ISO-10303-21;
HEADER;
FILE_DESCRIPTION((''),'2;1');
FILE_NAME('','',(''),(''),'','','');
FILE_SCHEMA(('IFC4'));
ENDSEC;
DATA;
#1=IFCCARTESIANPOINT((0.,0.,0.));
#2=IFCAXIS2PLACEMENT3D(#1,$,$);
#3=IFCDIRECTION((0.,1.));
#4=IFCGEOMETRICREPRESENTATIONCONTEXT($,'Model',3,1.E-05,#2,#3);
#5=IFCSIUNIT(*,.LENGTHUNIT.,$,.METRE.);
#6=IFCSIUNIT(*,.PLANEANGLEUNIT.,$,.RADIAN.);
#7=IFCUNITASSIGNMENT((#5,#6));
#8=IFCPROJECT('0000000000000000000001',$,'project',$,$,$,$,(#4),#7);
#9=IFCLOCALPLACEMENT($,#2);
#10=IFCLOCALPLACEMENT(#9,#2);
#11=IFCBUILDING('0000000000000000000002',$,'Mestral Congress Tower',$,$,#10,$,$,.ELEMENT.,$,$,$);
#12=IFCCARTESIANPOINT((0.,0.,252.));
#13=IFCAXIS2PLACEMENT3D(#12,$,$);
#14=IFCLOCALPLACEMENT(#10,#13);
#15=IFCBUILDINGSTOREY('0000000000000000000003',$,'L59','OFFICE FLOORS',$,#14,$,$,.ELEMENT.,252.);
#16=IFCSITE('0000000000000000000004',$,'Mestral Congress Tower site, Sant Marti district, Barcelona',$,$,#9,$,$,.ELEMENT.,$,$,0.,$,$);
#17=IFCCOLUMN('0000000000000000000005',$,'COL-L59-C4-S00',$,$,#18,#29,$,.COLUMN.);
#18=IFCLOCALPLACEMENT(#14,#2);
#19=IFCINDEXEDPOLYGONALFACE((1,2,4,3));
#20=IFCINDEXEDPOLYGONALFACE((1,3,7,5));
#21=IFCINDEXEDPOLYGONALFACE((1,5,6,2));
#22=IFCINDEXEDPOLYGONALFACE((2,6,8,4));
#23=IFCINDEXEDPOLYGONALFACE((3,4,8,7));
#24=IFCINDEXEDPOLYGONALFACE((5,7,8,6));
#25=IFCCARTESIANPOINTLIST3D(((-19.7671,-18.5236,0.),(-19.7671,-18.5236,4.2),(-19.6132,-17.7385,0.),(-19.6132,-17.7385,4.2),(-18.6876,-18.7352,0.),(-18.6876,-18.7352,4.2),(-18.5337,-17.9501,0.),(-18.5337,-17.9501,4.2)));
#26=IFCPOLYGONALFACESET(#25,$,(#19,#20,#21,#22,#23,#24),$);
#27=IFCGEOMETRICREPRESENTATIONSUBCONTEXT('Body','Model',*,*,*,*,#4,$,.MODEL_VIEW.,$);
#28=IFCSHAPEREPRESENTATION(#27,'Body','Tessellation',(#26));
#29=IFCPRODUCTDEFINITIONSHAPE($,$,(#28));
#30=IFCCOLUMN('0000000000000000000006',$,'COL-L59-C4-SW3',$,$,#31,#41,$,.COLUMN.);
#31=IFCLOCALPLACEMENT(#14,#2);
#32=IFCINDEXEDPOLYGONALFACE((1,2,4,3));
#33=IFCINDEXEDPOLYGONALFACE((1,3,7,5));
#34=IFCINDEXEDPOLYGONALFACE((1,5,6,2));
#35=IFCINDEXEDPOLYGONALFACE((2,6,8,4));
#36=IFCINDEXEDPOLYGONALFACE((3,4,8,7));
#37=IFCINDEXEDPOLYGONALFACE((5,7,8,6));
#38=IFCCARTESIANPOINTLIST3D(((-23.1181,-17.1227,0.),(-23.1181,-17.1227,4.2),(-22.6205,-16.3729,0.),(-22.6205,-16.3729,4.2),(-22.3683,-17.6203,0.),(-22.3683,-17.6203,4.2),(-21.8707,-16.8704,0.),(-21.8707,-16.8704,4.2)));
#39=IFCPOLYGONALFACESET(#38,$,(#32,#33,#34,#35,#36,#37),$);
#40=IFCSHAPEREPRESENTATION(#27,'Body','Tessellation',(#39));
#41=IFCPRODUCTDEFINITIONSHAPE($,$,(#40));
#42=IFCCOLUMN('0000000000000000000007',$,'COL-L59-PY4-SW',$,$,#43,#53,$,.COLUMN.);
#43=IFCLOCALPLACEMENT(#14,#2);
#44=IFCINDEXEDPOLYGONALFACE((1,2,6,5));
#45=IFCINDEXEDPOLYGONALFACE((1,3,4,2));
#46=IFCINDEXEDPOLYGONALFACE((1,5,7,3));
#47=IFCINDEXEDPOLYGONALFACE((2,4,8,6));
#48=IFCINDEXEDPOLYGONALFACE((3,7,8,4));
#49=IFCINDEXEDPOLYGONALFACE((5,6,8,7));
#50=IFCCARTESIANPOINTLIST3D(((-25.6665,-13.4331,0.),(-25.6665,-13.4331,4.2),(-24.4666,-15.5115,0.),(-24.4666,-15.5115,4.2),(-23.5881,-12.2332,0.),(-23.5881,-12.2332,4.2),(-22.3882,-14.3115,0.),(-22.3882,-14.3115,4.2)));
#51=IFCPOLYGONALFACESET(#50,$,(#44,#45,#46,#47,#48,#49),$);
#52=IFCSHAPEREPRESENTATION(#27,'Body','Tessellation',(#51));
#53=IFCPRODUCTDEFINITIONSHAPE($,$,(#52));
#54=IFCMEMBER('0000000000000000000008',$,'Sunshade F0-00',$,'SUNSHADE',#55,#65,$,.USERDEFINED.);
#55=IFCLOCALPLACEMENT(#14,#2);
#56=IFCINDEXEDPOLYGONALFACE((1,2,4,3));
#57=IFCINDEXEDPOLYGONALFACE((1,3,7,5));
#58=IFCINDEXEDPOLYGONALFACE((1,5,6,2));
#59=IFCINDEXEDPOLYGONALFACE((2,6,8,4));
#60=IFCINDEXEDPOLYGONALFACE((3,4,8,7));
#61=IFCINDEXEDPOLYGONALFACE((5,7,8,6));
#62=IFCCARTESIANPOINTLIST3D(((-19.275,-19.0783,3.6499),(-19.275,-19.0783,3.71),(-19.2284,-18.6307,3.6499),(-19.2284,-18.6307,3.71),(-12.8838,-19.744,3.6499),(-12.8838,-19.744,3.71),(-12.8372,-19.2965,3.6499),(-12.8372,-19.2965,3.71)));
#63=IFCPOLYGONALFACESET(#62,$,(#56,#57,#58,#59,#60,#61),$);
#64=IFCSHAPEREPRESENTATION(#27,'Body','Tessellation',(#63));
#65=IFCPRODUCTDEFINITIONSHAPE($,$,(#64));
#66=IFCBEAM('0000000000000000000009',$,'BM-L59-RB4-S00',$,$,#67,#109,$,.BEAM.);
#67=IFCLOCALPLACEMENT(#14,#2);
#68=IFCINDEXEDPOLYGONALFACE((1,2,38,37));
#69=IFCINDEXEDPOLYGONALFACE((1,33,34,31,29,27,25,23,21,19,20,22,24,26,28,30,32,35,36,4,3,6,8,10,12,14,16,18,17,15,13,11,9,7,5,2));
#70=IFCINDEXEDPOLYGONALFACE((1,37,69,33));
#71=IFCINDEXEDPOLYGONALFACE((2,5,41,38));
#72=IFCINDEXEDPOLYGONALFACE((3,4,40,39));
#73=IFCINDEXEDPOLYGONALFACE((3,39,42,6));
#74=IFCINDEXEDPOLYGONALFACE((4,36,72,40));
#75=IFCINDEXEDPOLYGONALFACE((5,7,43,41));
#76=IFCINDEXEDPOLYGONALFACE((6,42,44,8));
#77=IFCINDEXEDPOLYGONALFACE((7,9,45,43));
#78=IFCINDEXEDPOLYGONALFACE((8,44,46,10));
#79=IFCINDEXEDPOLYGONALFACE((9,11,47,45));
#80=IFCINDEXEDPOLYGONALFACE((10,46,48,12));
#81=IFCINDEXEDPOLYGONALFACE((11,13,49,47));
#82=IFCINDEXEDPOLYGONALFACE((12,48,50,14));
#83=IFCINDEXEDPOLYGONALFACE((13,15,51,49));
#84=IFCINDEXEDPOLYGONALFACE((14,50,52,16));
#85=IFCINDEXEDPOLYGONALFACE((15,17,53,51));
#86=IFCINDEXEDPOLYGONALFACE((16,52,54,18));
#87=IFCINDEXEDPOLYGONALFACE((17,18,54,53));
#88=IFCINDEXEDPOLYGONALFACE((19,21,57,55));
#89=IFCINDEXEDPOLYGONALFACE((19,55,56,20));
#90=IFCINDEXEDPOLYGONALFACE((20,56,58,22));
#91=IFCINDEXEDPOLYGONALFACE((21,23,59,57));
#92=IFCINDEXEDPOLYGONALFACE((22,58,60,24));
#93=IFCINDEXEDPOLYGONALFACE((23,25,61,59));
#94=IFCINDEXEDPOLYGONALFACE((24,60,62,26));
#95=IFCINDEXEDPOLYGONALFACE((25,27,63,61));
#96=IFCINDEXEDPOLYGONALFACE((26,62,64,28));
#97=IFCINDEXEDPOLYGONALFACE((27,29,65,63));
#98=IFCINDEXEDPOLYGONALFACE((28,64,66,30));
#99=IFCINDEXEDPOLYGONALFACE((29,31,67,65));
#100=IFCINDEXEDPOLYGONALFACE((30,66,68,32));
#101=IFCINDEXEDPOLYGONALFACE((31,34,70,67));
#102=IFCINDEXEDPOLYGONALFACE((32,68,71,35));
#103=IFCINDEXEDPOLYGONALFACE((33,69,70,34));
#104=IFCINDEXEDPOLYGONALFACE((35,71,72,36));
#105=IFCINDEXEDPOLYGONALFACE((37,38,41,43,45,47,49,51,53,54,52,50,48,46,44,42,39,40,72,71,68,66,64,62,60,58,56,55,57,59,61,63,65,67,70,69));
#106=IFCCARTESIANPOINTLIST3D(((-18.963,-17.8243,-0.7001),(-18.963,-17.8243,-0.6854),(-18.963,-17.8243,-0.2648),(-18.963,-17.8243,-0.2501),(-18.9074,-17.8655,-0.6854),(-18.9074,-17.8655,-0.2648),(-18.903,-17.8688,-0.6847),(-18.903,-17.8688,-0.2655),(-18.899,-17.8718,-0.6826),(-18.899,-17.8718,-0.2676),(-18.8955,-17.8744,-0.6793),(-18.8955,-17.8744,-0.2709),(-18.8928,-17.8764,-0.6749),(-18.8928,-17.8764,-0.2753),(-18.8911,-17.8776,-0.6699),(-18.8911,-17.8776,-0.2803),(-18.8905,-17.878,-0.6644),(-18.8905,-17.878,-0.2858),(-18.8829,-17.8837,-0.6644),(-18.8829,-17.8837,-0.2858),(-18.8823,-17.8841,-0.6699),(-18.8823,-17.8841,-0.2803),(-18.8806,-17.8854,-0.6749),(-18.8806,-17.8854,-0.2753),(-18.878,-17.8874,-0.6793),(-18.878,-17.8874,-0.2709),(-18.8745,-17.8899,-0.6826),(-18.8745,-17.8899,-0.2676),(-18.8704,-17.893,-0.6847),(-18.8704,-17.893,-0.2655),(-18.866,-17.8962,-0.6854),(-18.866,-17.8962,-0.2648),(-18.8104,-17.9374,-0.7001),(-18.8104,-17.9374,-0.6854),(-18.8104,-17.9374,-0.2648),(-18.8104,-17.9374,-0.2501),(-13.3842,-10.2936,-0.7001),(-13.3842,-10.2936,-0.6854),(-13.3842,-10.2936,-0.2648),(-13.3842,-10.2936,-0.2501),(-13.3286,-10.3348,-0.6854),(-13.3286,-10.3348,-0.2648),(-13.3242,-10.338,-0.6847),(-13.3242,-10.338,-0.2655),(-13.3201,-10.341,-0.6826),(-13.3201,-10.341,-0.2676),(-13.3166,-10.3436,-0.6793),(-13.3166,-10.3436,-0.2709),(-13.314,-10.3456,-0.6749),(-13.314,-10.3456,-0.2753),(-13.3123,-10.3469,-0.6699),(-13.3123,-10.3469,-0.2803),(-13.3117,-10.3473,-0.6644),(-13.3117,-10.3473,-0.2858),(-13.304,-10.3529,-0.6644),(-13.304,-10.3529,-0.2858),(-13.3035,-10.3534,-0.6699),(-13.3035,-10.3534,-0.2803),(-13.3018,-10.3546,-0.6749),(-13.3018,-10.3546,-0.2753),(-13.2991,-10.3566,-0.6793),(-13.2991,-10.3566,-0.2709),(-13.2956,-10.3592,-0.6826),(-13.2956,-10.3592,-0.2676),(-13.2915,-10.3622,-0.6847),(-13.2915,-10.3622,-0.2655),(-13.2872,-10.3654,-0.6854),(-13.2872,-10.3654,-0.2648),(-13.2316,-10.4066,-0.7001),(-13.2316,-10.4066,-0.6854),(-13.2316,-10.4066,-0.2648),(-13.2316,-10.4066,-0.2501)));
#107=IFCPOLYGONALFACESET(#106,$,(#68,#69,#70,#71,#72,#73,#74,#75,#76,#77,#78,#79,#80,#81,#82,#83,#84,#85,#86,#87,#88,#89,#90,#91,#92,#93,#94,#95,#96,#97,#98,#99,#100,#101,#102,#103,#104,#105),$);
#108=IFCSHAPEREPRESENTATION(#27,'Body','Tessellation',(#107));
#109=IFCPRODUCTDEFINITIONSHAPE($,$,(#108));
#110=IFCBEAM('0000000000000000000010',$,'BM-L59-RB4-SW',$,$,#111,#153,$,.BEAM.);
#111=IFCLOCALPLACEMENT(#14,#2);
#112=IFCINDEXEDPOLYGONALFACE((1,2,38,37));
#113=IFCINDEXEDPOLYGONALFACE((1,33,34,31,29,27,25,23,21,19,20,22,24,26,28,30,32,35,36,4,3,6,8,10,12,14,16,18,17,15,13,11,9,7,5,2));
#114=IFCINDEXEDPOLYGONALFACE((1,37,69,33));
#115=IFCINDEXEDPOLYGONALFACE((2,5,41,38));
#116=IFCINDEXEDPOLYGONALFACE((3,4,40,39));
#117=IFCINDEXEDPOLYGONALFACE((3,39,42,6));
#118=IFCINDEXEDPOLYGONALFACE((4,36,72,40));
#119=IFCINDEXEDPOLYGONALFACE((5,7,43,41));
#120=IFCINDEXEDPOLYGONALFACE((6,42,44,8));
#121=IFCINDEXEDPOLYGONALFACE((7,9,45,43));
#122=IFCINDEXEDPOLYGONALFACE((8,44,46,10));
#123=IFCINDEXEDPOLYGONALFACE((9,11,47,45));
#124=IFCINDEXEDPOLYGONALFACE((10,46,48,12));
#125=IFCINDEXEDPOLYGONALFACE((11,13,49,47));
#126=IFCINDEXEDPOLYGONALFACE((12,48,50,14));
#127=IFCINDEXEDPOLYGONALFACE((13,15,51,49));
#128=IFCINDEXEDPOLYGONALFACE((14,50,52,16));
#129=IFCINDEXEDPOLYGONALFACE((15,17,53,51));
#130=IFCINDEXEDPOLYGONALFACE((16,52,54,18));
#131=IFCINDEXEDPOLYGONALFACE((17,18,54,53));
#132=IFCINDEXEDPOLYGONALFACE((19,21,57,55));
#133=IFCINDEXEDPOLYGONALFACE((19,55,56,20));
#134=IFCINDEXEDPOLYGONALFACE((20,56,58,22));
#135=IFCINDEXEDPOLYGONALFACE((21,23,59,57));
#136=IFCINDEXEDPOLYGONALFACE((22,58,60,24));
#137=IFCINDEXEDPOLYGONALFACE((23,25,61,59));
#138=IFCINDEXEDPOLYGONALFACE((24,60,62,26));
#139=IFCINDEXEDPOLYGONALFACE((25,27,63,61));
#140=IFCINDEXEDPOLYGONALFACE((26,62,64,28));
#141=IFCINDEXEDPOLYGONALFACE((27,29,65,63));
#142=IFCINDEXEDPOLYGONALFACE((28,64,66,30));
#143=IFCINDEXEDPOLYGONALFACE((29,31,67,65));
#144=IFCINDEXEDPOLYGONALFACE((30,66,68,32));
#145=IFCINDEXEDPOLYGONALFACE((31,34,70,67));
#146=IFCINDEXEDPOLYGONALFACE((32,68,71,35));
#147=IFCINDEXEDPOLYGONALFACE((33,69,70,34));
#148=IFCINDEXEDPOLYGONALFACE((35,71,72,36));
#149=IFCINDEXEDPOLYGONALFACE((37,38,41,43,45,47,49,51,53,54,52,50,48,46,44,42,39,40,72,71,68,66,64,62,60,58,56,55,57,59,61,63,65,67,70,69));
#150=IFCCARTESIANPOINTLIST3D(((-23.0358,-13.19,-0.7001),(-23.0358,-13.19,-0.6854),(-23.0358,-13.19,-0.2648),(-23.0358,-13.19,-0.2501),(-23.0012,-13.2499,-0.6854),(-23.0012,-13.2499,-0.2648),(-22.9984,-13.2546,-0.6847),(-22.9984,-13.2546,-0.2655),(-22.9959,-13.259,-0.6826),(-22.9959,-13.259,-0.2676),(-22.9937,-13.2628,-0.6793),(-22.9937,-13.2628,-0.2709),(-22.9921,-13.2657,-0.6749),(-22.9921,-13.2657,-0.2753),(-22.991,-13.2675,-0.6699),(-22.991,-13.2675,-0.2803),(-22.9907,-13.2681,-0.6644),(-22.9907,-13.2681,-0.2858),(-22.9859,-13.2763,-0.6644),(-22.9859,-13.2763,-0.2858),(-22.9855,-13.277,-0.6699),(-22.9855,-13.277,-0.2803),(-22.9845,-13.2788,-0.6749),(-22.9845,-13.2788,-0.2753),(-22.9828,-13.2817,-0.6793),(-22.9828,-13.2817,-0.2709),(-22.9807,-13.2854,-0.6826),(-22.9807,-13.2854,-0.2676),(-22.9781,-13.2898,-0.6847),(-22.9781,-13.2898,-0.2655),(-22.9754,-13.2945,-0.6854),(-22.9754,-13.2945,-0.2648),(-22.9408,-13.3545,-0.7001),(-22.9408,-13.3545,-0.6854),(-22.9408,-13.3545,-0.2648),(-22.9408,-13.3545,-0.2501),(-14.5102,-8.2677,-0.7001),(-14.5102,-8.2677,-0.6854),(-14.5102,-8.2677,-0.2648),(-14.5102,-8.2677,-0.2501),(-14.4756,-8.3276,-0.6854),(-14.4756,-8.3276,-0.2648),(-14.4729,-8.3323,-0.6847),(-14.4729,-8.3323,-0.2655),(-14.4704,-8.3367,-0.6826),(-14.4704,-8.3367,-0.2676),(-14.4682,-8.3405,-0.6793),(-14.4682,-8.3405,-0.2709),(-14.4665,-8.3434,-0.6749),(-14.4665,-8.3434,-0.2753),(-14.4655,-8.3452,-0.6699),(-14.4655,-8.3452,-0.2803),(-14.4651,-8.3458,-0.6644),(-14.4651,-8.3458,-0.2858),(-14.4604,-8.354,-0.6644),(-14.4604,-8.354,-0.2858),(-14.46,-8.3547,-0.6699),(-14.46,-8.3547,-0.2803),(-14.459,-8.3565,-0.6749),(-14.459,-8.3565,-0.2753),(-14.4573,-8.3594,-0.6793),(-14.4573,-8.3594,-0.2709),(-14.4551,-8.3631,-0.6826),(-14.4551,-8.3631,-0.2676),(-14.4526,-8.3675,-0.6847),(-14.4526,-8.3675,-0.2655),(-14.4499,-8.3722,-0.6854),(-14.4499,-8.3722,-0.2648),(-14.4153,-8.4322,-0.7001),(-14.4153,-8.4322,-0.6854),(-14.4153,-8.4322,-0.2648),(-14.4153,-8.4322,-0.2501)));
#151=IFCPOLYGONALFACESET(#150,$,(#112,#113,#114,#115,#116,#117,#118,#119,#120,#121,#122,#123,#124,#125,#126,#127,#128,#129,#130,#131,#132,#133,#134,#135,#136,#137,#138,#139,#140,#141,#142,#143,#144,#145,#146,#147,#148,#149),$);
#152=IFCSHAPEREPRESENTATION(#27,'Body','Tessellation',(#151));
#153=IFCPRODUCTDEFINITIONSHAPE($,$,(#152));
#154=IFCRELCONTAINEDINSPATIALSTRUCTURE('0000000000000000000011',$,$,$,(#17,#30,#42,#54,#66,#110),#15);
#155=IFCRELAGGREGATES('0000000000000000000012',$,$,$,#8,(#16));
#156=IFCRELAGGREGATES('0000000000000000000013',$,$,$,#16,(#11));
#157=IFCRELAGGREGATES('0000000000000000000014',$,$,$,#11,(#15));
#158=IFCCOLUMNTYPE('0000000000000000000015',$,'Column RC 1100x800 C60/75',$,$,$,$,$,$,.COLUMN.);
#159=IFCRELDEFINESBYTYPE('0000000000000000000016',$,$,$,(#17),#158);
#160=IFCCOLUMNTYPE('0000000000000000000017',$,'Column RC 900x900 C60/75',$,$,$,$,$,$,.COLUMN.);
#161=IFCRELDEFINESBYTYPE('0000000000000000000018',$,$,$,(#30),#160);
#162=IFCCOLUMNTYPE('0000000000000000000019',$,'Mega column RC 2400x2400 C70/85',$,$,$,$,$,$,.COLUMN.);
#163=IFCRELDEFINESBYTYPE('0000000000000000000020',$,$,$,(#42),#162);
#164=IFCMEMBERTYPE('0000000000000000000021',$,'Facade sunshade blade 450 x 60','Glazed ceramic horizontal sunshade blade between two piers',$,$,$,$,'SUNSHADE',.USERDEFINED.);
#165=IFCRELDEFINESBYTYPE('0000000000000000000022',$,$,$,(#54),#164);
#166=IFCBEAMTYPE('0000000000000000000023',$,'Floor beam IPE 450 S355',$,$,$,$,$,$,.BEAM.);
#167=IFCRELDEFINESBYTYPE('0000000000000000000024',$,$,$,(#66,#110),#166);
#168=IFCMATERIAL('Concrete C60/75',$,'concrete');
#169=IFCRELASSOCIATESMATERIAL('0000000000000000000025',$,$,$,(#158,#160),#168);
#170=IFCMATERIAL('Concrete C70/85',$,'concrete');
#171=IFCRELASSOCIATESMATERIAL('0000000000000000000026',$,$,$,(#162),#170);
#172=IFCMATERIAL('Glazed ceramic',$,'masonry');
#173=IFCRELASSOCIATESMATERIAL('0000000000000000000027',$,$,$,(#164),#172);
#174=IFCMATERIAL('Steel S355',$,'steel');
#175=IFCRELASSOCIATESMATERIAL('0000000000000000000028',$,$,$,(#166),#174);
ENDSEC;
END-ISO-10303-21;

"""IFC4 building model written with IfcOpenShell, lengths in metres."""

from ifc_helpers import new_model, si_unit, direction, frame, origin, origin_2d, place, context, subcontext, project, spatial, rectangle, i_section, extrude, material, material_profile, profile_set, type_object, element, save


model = new_model("IFC4")

# Units and contexts
model_context = context("Model", 3, precision=1e-05, world=origin(), true_north=direction((0.0, 1.0)))
body_context = subcontext(model_context, "Body", "Model", "MODEL_VIEW")
ifc_project = project(units=[si_unit("LENGTHUNIT", "METRE"), si_unit("PLANEANGLEUNIT", "RADIAN")], contexts=[model_context])

# Site, building, storey
site_placement = place(None, origin())
site = spatial("IfcSite", under=ifc_project, at=site_placement, Name="Mestral Congress Tower site, Sant Marti district, Barcelona", CompositionType="ELEMENT", RefElevation=0.0)
building_placement = place(site_placement, origin())
building = spatial("IfcBuilding", under=site, at=building_placement, Name="Mestral Congress Tower", CompositionType="ELEMENT")
storey_placement = place(building_placement, frame((0.0, 0.0, 252.0)))
storey = spatial("IfcBuildingStorey", under=building, at=storey_placement, Name="L59", Description="OFFICE FLOORS", CompositionType="ELEMENT", Elevation=252.0)

# Columns
ifc_material_1 = material(Name="Concrete C60/75", Category="concrete")
ifc_material_profile_1 = material_profile(ifc_material_1, rectangle(XDim=1.1001, YDim=0.8, at=origin_2d()), Name="RC 1100x800")
ifc_profile_set_1 = profile_set([ifc_material_profile_1], Name="Concrete C60/75")
column_type_1 = type_object("IfcColumnType", Name="Column RC 1100x800 C60/75", PredefinedType="COLUMN", material=ifc_profile_set_1)
column_1_placement = place(storey_placement, frame((-19.1504, -18.2368, 0.0), z_axis=(0.0, 0.0, 1.0), x_axis=(0.981325, -0.192359, 0.0)))
element("IfcColumn", 1, at=column_1_placement, inside=storey, type_object=column_type_1, Name="COL-L59-C4-S00", PredefinedType="COLUMN", context=body_context, shape_type="SweptSolid", body=[
    extrude(rectangle(XDim=1.1001, YDim=0.8, at=origin_2d()), origin(), (0.0, 0.0, 1.0), 4.2),
])
ifc_material_profile_2 = material_profile(ifc_material_1, rectangle(XDim=0.8999, YDim=0.8999, at=origin_2d()), Name="RC 900x900")
ifc_profile_set_2 = profile_set([ifc_material_profile_2], Name="Concrete C60/75")
column_type_2 = type_object("IfcColumnType", Name="Column RC 900x900 C60/75", PredefinedType="COLUMN", material=ifc_profile_set_2)
column_2_placement = place(storey_placement, frame((-22.4944, -16.9966, 0.0), z_axis=(0.0, 0.0, 1.0), x_axis=(0.833239, -0.552913, 0.0)))
element("IfcColumn", 2, at=column_2_placement, inside=storey, type_object=column_type_2, Name="COL-L59-C4-SW3", PredefinedType="COLUMN", context=body_context, shape_type="SweptSolid", body=[
    extrude(rectangle(XDim=0.8999, YDim=0.8999, at=origin_2d()), origin(), (0.0, 0.0, 1.0), 4.2),
])
ifc_material_2 = material(Name="Concrete C70/85", Category="concrete")
ifc_material_profile_3 = material_profile(ifc_material_2, rectangle(XDim=2.3999, YDim=2.3999, at=origin_2d()), Name="RC 2400x2400")
ifc_profile_set_3 = profile_set([ifc_material_profile_3], Name="Concrete C70/85")
column_type_3 = type_object("IfcColumnType", Name="Mega column RC 2400x2400 C70/85", PredefinedType="COLUMN", material=ifc_profile_set_3)
column_3_placement = place(storey_placement, frame((-24.0273, -13.8723, 0.0), z_axis=(0.0, 0.0, 1.0), x_axis=(-0.866025, -0.5, 0.0)))
element("IfcColumn", 3, at=column_3_placement, inside=storey, type_object=column_type_3, Name="COL-L59-PY4-SW", PredefinedType="COLUMN", context=body_context, shape_type="SweptSolid", body=[
    extrude(rectangle(XDim=2.3999, YDim=2.3999, at=origin_2d()), origin(), (0.0, 0.0, 1.0), 4.2),
])

# Member
ifc_material_3 = material(Name="Glazed ceramic", Category="masonry")
ifc_material_profile_4 = material_profile(ifc_material_3, rectangle(XDim=0.45, YDim=0.0601, at=origin_2d()), Name="Ceramic blade 450 x 60")
ifc_profile_set_4 = profile_set([ifc_material_profile_4], Name="Glazed ceramic")
member_type = type_object("IfcMemberType", Name="Facade sunshade blade 450 x 60", Description="Glazed ceramic horizontal sunshade blade between two piers", ElementType="SUNSHADE", PredefinedType="USERDEFINED", material=ifc_profile_set_4)
member_placement = place(storey_placement, frame((-19.2517, -18.8545, 3.6799), z_axis=(0.994618, -0.103611, 0.0), x_axis=(0.103611, 0.994618, 0.0)))
element("IfcMember", 4, at=member_placement, inside=storey, type_object=member_type, Name="Sunshade F0-00", ObjectType="SUNSHADE", PredefinedType="USERDEFINED", context=body_context, shape_type="SweptSolid", body=[
    extrude(rectangle(XDim=0.45, YDim=0.0601, at=origin_2d()), origin(), (0.0, 0.0, 1.0), 6.4258),
])

# Beams
ifc_material_4 = material(Name="Steel S355", Category="steel")
ifc_material_profile_5 = material_profile(ifc_material_4, i_section(OverallWidth=0.1899, OverallDepth=0.45, WebThickness=0.0095, FlangeThickness=0.0146, FilletRadius=0.021, at=origin_2d()), Name="IPE 450")
ifc_profile_set_5 = profile_set([ifc_material_profile_5], Name="Steel S355")
beam_type_1 = type_object("IfcBeamType", Name="Floor beam IPE 450 S355", PredefinedType="BEAM", material=ifc_profile_set_5)
beam_1_placement = place(storey_placement, frame((-18.8867, -17.8809, -0.4751), z_axis=(0.595263, 0.803531, 0.0), x_axis=(-0.803531, 0.595263, 0.0)))
element("IfcBeam", 5, at=beam_1_placement, inside=storey, type_object=beam_type_1, Name="BM-L59-RB4-S00", PredefinedType="BEAM", context=body_context, shape_type="SweptSolid", body=[
    extrude(i_section(OverallWidth=0.1899, OverallDepth=0.45, WebThickness=0.0095, FlangeThickness=0.0146, FilletRadius=0.021, at=origin_2d()), origin(), (0.0, 0.0, 1.0), 9.3721),
])
beam_2_placement = place(storey_placement, frame((-22.9883, -13.2722, -0.4751), z_axis=(0.866022, 0.500007, 0.0), x_axis=(-0.500007, 0.866022, 0.0)))
element("IfcBeam", 6, at=beam_2_placement, inside=storey, type_object=beam_type_1, Name="BM-L59-RB4-SW", PredefinedType="BEAM", context=body_context, shape_type="SweptSolid", body=[
    extrude(i_section(OverallWidth=0.1899, OverallDepth=0.45, WebThickness=0.0095, FlangeThickness=0.0146, FilletRadius=0.021, at=origin_2d()), origin(), (0.0, 0.0, 1.0), 9.8445),
])

save(model, "model.ifc")
